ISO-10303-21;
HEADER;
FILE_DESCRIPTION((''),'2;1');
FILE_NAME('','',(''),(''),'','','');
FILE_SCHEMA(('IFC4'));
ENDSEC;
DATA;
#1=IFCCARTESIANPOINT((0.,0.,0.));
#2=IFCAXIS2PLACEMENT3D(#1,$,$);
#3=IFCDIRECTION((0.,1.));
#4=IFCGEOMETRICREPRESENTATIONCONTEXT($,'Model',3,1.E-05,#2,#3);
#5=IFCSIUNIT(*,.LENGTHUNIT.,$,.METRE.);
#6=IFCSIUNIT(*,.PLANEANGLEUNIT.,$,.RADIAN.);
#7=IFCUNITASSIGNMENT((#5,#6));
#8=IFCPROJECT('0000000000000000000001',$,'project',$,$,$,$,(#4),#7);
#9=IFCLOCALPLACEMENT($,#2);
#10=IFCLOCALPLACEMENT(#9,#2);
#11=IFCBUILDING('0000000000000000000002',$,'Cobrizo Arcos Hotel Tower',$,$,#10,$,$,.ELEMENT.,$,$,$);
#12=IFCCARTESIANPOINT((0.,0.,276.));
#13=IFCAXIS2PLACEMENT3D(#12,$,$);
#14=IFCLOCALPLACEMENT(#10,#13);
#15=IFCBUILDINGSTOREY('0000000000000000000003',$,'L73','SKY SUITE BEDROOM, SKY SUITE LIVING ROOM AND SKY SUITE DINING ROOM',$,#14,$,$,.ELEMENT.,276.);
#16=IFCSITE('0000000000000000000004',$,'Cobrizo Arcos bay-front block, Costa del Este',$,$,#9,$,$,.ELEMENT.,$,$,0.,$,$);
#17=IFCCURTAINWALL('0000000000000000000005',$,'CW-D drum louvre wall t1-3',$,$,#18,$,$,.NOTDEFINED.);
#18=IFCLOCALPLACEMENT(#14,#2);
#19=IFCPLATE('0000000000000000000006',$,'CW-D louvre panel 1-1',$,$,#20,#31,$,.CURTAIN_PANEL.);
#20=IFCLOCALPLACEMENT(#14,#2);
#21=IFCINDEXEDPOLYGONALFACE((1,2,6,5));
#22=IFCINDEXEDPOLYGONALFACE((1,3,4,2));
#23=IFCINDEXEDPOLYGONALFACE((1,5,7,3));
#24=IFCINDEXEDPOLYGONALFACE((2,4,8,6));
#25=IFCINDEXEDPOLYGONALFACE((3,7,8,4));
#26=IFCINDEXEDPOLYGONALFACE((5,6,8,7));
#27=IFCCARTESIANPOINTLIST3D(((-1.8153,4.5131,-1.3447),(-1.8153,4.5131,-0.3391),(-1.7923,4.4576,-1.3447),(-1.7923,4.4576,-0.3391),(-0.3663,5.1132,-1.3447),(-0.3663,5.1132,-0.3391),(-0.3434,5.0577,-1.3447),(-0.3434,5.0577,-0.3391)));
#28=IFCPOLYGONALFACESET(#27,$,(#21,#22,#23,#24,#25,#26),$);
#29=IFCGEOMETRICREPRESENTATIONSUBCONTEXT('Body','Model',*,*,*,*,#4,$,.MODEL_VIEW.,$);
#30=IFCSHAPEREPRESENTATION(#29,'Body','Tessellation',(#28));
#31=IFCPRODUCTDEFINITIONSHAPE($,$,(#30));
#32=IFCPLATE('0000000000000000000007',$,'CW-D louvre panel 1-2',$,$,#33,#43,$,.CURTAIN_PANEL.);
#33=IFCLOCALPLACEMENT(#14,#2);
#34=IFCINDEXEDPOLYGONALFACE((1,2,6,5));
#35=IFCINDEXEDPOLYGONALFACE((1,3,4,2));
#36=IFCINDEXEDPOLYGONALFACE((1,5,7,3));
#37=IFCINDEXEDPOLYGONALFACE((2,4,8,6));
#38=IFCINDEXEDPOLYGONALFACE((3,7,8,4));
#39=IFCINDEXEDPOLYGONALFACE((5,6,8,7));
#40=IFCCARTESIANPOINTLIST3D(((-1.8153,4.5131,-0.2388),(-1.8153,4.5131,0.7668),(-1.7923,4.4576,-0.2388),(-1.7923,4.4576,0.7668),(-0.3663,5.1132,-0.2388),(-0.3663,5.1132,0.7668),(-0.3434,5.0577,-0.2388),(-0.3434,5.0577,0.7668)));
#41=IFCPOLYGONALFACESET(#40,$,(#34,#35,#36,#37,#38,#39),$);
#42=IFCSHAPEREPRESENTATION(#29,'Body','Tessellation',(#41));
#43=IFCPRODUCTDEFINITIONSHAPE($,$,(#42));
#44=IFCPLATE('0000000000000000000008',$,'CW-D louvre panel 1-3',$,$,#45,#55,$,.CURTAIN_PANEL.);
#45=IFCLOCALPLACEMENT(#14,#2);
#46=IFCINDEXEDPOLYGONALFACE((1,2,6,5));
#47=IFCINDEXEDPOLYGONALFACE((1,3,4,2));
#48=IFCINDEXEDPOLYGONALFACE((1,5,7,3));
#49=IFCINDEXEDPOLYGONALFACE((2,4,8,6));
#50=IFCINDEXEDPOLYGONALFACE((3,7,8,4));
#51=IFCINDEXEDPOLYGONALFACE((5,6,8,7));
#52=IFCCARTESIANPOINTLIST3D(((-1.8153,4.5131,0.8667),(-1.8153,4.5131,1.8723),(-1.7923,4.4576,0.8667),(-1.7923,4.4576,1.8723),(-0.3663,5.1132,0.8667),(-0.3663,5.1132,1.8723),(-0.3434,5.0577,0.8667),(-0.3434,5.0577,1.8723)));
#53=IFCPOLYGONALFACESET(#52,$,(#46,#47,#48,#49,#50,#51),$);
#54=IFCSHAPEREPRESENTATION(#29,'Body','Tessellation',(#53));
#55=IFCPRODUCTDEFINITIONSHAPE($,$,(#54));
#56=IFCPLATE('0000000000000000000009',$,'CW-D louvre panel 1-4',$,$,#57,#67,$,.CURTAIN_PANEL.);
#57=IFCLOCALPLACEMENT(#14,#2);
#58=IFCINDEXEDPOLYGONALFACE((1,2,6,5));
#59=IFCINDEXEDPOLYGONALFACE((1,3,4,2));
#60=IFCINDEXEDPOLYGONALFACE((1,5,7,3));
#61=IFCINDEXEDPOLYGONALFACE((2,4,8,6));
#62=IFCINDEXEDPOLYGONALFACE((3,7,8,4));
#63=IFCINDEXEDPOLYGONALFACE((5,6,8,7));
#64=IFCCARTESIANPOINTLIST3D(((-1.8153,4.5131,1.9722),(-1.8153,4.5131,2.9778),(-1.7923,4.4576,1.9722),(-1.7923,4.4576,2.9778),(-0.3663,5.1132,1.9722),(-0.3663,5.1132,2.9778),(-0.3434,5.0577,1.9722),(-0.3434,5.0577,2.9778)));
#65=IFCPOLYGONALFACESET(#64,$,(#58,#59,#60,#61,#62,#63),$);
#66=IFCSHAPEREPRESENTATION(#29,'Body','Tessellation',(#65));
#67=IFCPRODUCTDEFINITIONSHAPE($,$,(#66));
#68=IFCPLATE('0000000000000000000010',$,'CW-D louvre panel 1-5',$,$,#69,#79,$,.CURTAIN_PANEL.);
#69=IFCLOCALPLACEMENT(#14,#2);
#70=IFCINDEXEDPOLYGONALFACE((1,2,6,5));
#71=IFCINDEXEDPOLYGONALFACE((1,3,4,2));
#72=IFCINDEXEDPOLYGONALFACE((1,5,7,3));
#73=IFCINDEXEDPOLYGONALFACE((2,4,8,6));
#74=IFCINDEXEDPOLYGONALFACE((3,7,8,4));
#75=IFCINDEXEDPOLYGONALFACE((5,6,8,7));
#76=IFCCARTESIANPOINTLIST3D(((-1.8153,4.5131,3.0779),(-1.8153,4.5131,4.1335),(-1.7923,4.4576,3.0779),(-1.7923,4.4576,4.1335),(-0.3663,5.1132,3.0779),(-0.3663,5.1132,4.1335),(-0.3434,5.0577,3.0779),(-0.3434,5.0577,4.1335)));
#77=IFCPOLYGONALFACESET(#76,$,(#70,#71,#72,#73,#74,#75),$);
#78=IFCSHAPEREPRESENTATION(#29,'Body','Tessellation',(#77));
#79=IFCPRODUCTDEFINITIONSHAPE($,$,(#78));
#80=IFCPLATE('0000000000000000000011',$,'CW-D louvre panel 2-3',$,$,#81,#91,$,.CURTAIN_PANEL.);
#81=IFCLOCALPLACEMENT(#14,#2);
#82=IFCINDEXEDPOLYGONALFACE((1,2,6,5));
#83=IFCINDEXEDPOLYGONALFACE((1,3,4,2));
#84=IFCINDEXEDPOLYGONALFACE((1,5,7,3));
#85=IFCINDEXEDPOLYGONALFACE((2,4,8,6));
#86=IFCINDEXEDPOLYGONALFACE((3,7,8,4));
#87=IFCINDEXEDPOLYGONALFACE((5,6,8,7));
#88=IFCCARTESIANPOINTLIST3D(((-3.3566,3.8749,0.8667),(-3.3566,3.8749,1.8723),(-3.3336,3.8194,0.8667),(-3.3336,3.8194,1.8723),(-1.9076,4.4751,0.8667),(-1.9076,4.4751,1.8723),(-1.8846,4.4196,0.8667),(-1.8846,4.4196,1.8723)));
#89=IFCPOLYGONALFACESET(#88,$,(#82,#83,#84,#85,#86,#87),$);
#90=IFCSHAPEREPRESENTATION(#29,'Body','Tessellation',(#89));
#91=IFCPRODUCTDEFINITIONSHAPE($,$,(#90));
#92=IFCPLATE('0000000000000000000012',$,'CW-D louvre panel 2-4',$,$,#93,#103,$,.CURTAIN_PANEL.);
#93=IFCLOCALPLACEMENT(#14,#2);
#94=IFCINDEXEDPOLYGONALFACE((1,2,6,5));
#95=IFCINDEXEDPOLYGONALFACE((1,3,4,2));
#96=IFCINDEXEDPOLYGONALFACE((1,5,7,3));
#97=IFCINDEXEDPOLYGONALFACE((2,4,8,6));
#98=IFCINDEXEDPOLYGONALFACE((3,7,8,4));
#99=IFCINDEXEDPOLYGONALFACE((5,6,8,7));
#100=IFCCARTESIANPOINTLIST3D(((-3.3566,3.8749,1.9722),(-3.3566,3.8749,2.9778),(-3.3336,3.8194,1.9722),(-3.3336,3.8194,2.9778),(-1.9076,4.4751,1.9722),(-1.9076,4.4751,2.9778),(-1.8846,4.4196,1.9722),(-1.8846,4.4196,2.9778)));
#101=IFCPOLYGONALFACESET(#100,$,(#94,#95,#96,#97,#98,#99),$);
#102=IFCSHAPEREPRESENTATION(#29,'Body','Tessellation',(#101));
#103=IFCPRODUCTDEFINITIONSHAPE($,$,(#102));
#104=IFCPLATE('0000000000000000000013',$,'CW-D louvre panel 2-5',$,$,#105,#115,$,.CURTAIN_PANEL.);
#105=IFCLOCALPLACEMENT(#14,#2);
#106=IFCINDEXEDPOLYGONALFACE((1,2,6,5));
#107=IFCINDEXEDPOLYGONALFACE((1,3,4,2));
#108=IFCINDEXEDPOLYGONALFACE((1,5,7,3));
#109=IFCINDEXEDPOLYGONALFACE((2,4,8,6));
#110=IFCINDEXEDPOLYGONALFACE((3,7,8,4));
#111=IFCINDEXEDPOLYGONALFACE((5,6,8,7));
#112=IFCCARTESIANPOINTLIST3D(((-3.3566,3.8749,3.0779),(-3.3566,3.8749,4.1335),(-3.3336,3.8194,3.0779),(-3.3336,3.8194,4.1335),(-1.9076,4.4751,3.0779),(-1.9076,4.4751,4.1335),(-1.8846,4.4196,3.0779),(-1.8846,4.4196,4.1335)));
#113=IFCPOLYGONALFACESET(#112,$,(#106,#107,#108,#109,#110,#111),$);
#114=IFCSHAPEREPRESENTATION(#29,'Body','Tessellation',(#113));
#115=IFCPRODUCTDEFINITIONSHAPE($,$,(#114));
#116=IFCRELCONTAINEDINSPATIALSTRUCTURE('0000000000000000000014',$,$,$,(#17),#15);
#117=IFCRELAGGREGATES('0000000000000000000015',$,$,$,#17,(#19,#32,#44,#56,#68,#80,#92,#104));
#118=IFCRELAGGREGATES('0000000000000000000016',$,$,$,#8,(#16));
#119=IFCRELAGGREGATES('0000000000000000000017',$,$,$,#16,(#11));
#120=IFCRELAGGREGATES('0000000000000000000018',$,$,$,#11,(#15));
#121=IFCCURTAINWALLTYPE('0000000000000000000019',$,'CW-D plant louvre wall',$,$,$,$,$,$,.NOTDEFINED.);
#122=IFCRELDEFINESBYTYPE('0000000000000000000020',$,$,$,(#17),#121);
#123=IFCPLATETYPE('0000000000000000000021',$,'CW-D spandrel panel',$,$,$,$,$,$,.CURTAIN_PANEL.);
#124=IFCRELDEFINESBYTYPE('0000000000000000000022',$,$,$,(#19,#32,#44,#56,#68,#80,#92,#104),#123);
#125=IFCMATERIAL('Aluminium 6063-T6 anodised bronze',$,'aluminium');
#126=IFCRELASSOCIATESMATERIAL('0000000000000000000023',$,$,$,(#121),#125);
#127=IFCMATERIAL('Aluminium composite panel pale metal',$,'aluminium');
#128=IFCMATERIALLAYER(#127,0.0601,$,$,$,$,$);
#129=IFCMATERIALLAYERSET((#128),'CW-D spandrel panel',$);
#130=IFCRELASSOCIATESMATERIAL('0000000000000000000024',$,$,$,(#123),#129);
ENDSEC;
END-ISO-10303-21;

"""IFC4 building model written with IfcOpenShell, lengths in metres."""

from ifc_helpers import new_model, si_unit, direction, frame, origin, origin_2d, place, context, subcontext, project, spatial, rectangle, extrude, material, layer, layer_set, type_object, element, aggregate, save


model = new_model("IFC4")

# Units and contexts
model_context = context("Model", 3, precision=1e-05, world=origin(), true_north=direction((0.0, 1.0)))
body_context = subcontext(model_context, "Body", "Model", "MODEL_VIEW")
ifc_project = project(units=[si_unit("LENGTHUNIT", "METRE"), si_unit("PLANEANGLEUNIT", "RADIAN")], contexts=[model_context])

# Site, building, storey
site_placement = place(None, origin())
site = spatial("IfcSite", under=ifc_project, at=site_placement, Name="Cobrizo Arcos bay-front block, Costa del Este", CompositionType="ELEMENT", RefElevation=0.0)
building_placement = place(site_placement, origin())
building = spatial("IfcBuilding", under=site, at=building_placement, Name="Cobrizo Arcos Hotel Tower", CompositionType="ELEMENT")
storey_placement = place(building_placement, frame((0.0, 0.0, 276.0)))
storey = spatial("IfcBuildingStorey", under=building, at=storey_placement, Name="L73", Description="SKY SUITE BEDROOM, SKY SUITE LIVING ROOM AND SKY SUITE DINING ROOM", CompositionType="ELEMENT", Elevation=276.0)

# Shared definitions
ifc_material_1 = material(Name="Aluminium 6063-T6 anodised bronze", Category="aluminium")

# Curtain wall
curtain_wall_type_1 = type_object("IfcCurtainWallType", Name="CW-D plant louvre wall", PredefinedType="NOTDEFINED", material=ifc_material_1)
curtain_wall_1_placement = place(storey_placement, origin())
curtain_wall_1 = element("IfcCurtainWall", 1, at=curtain_wall_1_placement, inside=storey, type_object=curtain_wall_type_1, Name="CW-D drum louvre wall t1-3", PredefinedType="NOTDEFINED")

# Plates
ifc_material_2 = material(Name="Aluminium composite panel pale metal", Category="aluminium")
ifc_layer_1 = layer(ifc_material_2, 0.0601)
ifc_layer_set_1 = layer_set([ifc_layer_1], Name="CW-D spandrel panel")
plate_type_1 = type_object("IfcPlateType", Name="CW-D spandrel panel", PredefinedType="CURTAIN_PANEL", material=ifc_layer_set_1)
plate_1_placement = place(storey_placement, frame((-1.0793, 4.7854, -1.3447), z_axis=(0.0, 0.0, 1.0), x_axis=(-0.92388, -0.382683, 0.0)))
plate_1 = element("IfcPlate", 2, at=plate_1_placement, type_object=plate_type_1, Name="CW-D louvre panel 1-1", PredefinedType="CURTAIN_PANEL", context=body_context, shape_type="SweptSolid", body=[
    extrude(rectangle(XDim=1.5684, YDim=0.0601, at=origin_2d()), origin(), (0.0, 0.0, 1.0), 1.0056),
])
plate_2_placement = place(storey_placement, frame((-1.0793, 4.7854, -0.2388), z_axis=(0.0, 0.0, 1.0), x_axis=(-0.92388, -0.382683, 0.0)))
plate_2 = element("IfcPlate", 3, at=plate_2_placement, type_object=plate_type_1, Name="CW-D louvre panel 1-2", PredefinedType="CURTAIN_PANEL", context=body_context, shape_type="SweptSolid", body=[
    extrude(rectangle(XDim=1.5684, YDim=0.0601, at=origin_2d()), origin(), (0.0, 0.0, 1.0), 1.0056),
])
plate_3_placement = place(storey_placement, frame((-1.0793, 4.7854, 0.8667), z_axis=(0.0, 0.0, 1.0), x_axis=(-0.92388, -0.382683, 0.0)))
plate_3 = element("IfcPlate", 4, at=plate_3_placement, type_object=plate_type_1, Name="CW-D louvre panel 1-3", PredefinedType="CURTAIN_PANEL", context=body_context, shape_type="SweptSolid", body=[
    extrude(rectangle(XDim=1.5684, YDim=0.0601, at=origin_2d()), origin(), (0.0, 0.0, 1.0), 1.0056),
])
plate_4_placement = place(storey_placement, frame((-1.0793, 4.7854, 1.9722), z_axis=(0.0, 0.0, 1.0), x_axis=(-0.92388, -0.382683, 0.0)))
plate_4 = element("IfcPlate", 5, at=plate_4_placement, type_object=plate_type_1, Name="CW-D louvre panel 1-4", PredefinedType="CURTAIN_PANEL", context=body_context, shape_type="SweptSolid", body=[
    extrude(rectangle(XDim=1.5684, YDim=0.0601, at=origin_2d()), origin(), (0.0, 0.0, 1.0), 1.0056),
])
plate_5_placement = place(storey_placement, frame((-1.0793, 4.7854, 3.0779), z_axis=(0.0, 0.0, 1.0), x_axis=(-0.92388, -0.382683, 0.0)))
plate_5 = element("IfcPlate", 6, at=plate_5_placement, type_object=plate_type_1, Name="CW-D louvre panel 1-5", PredefinedType="CURTAIN_PANEL", context=body_context, shape_type="SweptSolid", body=[
    extrude(rectangle(XDim=1.5684, YDim=0.0601, at=origin_2d()), origin(), (0.0, 0.0, 1.0), 1.0557),
])
plate_6_placement = place(storey_placement, frame((-2.6206, 4.1472, 0.8667), z_axis=(0.0, 0.0, 1.0), x_axis=(-0.92388, -0.382683, 0.0)))
plate_6 = element("IfcPlate", 7, at=plate_6_placement, type_object=plate_type_1, Name="CW-D louvre panel 2-3", PredefinedType="CURTAIN_PANEL", context=body_context, shape_type="SweptSolid", body=[
    extrude(rectangle(XDim=1.5684, YDim=0.0601, at=origin_2d()), origin(), (0.0, 0.0, 1.0), 1.0056),
])
plate_7_placement = place(storey_placement, frame((-2.6206, 4.1472, 1.9722), z_axis=(0.0, 0.0, 1.0), x_axis=(-0.92388, -0.382683, 0.0)))
plate_7 = element("IfcPlate", 8, at=plate_7_placement, type_object=plate_type_1, Name="CW-D louvre panel 2-4", PredefinedType="CURTAIN_PANEL", context=body_context, shape_type="SweptSolid", body=[
    extrude(rectangle(XDim=1.5684, YDim=0.0601, at=origin_2d()), origin(), (0.0, 0.0, 1.0), 1.0056),
])
plate_8_placement = place(storey_placement, frame((-2.6206, 4.1472, 3.0779), z_axis=(0.0, 0.0, 1.0), x_axis=(-0.92388, -0.382683, 0.0)))
plate_8 = element("IfcPlate", 9, at=plate_8_placement, type_object=plate_type_1, Name="CW-D louvre panel 2-5", PredefinedType="CURTAIN_PANEL", context=body_context, shape_type="SweptSolid", body=[
    extrude(rectangle(XDim=1.5684, YDim=0.0601, at=origin_2d()), origin(), (0.0, 0.0, 1.0), 1.0557),
])
aggregate(curtain_wall_1, [plate_1, plate_2, plate_3, plate_4, plate_5, plate_6, plate_7, plate_8])

save(model, "model.ifc")
